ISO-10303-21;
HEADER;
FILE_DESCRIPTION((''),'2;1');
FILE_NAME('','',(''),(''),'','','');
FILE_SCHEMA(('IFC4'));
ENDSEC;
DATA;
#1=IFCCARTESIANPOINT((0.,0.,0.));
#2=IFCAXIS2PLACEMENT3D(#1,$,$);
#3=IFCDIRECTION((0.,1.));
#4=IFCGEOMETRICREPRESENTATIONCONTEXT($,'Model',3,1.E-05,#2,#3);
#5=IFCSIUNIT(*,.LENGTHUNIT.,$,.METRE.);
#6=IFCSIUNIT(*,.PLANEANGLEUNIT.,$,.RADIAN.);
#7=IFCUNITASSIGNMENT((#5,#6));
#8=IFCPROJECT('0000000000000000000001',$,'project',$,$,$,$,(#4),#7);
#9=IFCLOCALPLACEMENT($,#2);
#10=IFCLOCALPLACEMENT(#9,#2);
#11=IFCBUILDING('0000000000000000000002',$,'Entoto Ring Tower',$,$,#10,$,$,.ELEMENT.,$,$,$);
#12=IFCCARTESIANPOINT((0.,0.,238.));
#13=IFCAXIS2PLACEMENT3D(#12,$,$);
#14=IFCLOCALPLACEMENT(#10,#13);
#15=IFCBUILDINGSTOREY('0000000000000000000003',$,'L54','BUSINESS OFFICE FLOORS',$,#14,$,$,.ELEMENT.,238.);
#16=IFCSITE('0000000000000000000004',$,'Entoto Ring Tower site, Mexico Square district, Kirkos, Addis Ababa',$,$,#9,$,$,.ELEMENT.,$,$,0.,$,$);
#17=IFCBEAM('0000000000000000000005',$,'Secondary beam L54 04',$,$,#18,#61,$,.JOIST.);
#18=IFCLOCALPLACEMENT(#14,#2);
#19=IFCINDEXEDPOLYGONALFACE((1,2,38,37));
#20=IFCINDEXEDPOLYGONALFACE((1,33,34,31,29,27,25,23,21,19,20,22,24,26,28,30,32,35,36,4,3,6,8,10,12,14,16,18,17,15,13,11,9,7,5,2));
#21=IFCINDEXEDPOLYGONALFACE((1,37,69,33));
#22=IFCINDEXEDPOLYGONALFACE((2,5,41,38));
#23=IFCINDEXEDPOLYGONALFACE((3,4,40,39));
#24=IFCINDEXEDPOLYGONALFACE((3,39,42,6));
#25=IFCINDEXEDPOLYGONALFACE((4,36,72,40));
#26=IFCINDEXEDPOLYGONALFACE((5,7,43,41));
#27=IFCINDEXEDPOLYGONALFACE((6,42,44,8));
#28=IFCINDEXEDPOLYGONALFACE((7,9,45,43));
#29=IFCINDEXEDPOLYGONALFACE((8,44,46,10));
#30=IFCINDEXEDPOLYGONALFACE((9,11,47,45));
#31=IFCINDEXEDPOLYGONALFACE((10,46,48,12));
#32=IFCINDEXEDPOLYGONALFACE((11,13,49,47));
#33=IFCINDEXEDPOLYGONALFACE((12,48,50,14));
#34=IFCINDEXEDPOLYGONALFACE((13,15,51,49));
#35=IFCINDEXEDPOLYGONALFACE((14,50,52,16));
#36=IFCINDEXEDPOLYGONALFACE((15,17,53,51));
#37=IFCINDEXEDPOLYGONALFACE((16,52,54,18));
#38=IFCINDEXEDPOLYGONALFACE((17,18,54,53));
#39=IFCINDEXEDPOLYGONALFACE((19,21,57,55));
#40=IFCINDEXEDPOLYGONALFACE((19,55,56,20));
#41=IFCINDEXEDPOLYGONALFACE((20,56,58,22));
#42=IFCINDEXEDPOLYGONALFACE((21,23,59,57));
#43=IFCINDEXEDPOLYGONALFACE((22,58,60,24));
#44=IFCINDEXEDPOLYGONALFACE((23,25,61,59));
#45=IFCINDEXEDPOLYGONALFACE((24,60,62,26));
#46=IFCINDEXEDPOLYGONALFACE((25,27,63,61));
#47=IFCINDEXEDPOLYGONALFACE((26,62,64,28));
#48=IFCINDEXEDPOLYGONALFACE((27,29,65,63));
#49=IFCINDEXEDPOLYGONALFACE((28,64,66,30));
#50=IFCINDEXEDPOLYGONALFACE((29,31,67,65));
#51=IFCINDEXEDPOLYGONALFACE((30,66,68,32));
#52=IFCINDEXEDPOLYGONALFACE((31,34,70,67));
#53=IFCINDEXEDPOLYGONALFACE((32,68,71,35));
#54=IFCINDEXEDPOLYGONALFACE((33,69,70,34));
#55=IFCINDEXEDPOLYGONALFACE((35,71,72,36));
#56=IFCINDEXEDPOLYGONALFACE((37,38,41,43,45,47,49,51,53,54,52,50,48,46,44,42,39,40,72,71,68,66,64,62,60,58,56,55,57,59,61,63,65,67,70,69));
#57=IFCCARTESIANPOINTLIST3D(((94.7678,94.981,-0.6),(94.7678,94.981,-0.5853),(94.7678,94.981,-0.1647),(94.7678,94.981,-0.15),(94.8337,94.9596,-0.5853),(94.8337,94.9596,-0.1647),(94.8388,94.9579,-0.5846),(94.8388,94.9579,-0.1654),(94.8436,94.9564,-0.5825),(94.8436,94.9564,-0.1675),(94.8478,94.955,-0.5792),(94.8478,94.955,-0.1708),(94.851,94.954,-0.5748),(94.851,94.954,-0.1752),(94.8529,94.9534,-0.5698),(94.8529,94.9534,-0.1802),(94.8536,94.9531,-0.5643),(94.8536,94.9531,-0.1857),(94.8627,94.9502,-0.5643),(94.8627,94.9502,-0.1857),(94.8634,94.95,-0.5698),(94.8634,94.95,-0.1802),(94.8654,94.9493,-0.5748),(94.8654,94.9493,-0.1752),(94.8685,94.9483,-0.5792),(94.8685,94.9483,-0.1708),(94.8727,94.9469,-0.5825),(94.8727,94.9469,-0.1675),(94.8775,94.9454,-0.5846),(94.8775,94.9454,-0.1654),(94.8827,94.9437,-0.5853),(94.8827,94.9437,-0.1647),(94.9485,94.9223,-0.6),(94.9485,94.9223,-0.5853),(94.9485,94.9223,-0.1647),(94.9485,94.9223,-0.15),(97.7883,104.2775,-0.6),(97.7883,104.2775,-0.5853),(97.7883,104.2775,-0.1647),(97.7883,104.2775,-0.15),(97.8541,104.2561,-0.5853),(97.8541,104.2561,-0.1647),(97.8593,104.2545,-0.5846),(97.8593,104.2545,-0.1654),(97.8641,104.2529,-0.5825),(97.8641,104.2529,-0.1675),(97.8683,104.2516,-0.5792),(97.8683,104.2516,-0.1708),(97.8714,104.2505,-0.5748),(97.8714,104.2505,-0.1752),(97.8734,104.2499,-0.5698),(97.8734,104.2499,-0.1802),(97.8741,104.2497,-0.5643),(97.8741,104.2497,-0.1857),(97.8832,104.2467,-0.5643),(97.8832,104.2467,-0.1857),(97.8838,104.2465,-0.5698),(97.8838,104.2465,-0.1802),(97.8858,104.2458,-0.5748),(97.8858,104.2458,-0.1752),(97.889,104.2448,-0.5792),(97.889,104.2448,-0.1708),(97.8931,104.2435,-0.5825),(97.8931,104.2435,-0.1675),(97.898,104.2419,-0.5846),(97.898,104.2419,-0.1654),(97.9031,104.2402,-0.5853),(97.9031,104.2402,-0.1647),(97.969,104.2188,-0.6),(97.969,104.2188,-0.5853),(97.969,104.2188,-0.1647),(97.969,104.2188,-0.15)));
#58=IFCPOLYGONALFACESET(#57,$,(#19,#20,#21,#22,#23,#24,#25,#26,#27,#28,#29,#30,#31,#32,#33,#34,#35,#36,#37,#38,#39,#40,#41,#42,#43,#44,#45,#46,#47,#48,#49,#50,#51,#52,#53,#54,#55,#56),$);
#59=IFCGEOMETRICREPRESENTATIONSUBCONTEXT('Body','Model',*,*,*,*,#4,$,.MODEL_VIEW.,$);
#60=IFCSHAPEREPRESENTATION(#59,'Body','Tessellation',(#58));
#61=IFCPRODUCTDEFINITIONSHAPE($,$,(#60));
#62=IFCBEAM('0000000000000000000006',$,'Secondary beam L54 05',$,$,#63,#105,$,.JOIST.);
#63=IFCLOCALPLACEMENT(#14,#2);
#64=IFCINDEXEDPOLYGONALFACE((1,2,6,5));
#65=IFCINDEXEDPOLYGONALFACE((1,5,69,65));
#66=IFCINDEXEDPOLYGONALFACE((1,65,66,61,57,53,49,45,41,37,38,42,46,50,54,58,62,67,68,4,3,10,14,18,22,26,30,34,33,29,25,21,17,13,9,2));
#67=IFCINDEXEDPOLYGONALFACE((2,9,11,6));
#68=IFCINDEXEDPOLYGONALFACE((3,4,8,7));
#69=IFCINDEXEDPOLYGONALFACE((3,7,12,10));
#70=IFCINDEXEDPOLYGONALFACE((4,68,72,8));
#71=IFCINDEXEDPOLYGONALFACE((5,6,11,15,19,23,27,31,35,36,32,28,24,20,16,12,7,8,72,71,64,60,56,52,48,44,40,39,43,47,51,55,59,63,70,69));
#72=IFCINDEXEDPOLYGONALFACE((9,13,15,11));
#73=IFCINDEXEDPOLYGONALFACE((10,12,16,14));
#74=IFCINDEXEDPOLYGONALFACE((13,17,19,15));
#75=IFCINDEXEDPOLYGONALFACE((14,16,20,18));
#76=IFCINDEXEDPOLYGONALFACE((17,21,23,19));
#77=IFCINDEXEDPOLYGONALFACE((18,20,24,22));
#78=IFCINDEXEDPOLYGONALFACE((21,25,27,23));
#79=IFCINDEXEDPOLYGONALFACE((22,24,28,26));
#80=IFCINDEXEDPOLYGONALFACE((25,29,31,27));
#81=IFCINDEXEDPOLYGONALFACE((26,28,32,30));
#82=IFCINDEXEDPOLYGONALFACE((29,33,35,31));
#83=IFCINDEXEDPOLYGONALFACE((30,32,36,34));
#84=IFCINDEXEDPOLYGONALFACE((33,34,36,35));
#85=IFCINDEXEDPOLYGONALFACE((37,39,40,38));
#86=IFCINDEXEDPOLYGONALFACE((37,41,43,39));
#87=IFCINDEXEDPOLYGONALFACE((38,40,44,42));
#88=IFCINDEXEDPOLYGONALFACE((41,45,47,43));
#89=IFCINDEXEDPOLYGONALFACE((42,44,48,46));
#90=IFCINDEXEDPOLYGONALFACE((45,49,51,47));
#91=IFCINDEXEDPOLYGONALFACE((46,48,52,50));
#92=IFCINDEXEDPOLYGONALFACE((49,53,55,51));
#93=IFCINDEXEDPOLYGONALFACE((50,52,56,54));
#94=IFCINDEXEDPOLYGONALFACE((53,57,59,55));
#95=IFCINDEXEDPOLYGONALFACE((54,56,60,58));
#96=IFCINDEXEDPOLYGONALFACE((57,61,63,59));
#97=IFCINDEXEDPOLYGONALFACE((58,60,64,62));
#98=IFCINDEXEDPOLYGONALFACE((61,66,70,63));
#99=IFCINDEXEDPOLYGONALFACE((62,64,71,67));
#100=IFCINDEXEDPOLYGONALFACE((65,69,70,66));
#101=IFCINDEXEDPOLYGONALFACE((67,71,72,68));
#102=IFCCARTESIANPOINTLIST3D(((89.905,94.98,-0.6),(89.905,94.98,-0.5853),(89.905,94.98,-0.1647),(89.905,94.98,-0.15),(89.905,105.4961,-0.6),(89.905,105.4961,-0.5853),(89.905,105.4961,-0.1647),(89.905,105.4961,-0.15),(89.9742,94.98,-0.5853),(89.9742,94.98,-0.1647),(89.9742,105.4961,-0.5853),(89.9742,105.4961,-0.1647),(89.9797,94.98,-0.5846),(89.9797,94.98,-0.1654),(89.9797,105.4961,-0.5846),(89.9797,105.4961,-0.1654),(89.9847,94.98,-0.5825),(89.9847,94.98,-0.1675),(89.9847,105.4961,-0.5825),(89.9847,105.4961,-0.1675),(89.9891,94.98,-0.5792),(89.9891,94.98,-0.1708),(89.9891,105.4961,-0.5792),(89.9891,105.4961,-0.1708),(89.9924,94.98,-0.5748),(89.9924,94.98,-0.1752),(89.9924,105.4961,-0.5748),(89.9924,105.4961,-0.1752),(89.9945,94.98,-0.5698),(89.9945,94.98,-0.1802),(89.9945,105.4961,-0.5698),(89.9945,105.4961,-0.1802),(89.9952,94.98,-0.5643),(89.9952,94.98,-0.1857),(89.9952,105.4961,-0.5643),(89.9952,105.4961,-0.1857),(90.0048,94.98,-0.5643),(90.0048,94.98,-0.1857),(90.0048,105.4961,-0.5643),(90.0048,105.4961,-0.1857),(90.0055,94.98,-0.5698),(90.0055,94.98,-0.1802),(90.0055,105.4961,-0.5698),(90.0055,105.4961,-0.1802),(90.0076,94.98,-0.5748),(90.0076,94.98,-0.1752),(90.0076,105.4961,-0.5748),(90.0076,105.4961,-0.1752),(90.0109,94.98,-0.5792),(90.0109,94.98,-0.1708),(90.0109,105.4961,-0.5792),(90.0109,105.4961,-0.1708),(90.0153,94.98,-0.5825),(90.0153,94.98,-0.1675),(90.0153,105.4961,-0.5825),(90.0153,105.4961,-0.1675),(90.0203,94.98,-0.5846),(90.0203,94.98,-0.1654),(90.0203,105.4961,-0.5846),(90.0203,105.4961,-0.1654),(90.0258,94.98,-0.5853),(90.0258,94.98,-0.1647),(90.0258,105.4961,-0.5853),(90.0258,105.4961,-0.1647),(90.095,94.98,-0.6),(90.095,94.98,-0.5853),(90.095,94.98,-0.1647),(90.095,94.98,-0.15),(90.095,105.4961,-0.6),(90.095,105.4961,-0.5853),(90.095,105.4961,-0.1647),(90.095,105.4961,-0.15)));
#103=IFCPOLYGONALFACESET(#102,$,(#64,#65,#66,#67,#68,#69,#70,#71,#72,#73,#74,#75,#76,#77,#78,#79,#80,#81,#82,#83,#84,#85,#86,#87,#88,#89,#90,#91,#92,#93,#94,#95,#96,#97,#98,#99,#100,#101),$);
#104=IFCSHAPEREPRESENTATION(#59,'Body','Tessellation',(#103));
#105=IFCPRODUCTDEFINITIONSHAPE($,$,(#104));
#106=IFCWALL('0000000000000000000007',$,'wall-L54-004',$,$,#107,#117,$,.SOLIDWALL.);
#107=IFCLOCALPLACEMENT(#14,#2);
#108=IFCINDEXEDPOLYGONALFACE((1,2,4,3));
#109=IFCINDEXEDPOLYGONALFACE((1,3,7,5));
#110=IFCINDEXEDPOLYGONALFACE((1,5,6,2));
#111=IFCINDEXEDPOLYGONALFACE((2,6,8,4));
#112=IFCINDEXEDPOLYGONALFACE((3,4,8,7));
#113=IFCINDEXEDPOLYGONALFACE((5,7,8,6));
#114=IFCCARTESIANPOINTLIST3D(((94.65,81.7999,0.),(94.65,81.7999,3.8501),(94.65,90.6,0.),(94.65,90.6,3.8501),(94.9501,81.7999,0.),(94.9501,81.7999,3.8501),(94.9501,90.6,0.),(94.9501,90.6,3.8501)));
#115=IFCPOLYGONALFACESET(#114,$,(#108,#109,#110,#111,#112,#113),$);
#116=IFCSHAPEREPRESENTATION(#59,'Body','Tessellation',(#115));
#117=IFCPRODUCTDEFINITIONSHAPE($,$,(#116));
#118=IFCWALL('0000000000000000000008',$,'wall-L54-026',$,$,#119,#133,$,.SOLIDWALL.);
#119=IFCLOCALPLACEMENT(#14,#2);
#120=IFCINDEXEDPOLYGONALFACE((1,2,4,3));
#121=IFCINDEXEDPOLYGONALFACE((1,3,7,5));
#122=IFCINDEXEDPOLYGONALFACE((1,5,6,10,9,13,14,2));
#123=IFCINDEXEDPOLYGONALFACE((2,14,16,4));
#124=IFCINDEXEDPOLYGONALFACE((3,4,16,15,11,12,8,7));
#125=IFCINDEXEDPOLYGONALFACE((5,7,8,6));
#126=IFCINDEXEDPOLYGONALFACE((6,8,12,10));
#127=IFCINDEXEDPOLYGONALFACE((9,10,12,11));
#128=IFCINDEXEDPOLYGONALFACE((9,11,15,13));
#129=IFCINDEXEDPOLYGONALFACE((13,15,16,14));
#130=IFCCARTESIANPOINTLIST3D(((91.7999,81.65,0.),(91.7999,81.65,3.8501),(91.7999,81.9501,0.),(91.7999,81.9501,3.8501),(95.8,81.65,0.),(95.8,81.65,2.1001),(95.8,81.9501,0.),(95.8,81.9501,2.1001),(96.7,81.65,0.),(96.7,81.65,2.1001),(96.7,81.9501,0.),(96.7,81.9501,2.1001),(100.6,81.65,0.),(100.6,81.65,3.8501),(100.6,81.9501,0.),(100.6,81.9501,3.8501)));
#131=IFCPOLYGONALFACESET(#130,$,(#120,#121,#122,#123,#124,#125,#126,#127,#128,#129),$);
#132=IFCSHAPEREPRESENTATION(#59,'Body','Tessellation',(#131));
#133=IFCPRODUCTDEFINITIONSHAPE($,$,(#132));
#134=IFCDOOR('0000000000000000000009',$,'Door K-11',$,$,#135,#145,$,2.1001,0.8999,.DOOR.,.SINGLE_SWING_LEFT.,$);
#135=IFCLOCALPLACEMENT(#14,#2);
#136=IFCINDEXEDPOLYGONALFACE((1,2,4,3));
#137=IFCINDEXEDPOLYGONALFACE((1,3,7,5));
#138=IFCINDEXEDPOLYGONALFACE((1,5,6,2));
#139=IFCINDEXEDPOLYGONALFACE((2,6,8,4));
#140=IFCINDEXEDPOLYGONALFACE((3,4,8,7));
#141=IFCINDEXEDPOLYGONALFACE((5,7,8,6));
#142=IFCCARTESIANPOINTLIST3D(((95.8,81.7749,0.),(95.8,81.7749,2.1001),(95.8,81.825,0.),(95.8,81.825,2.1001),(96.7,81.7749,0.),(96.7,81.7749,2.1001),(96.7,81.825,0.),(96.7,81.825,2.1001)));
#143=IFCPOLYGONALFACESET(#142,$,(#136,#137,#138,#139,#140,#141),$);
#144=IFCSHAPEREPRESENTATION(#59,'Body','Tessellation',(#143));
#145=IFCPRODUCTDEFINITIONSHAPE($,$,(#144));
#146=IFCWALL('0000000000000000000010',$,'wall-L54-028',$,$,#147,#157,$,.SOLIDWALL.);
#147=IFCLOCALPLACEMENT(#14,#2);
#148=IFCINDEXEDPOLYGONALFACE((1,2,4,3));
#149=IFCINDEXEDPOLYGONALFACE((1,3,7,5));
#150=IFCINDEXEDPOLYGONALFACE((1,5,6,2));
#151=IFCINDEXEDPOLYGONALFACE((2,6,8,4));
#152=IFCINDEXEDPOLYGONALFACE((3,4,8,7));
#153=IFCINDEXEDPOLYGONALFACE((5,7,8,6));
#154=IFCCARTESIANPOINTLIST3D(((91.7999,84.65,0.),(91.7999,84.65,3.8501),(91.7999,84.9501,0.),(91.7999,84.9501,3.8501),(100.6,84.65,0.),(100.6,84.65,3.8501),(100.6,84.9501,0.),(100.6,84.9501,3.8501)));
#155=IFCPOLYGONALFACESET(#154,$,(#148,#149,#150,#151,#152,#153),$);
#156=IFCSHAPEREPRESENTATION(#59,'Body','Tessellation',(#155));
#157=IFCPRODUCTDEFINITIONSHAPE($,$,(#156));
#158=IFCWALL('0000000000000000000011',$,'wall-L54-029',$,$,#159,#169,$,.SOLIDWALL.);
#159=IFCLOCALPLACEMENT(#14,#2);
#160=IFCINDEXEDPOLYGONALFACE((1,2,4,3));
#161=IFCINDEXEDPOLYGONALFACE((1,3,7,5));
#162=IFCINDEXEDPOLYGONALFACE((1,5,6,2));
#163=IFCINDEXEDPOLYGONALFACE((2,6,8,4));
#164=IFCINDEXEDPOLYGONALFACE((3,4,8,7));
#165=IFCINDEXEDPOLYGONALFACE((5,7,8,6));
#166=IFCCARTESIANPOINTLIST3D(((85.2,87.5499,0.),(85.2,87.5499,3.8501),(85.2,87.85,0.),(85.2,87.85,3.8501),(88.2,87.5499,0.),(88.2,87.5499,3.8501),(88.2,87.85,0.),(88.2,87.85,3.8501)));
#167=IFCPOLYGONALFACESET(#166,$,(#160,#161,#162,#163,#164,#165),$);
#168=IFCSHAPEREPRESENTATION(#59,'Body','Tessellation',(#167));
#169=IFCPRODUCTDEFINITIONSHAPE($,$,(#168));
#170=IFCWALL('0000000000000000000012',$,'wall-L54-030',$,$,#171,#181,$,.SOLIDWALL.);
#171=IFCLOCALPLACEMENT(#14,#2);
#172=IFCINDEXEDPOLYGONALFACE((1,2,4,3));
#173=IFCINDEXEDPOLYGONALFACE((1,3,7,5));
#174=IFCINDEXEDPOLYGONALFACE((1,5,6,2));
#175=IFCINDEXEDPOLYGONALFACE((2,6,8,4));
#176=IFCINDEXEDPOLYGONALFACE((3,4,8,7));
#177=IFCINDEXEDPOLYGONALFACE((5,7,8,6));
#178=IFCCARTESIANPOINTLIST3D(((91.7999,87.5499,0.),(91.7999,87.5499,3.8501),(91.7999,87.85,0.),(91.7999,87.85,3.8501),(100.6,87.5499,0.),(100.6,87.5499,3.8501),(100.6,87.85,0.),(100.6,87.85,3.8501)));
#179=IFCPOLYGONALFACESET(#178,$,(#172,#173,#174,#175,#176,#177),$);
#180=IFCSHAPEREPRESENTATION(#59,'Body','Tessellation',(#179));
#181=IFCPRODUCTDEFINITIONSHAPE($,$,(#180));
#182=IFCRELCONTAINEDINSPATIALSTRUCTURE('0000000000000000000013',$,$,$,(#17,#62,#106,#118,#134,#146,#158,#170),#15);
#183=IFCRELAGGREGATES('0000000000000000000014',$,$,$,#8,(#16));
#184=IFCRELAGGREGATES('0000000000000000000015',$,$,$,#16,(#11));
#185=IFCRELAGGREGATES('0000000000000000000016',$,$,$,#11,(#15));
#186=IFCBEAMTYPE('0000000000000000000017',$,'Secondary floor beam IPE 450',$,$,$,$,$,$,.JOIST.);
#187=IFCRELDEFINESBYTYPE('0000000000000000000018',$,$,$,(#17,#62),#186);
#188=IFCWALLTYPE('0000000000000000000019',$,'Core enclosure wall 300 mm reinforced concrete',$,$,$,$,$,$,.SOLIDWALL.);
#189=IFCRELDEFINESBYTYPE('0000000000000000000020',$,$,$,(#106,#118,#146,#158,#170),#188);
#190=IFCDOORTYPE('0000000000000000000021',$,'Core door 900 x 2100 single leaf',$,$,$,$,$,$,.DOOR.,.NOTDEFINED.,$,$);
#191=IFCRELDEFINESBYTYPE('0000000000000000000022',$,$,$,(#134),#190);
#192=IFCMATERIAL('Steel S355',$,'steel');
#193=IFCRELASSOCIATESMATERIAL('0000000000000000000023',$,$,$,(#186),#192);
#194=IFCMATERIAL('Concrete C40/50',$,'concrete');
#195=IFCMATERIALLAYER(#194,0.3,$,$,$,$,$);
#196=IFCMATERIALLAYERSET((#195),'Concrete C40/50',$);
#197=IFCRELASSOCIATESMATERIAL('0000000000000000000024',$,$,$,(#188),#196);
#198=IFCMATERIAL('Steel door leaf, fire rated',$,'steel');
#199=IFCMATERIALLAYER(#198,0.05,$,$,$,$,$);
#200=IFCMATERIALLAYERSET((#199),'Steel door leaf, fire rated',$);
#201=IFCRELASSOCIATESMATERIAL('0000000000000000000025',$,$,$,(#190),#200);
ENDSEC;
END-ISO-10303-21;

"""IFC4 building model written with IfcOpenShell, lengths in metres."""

from ifc_helpers import new_model, si_unit, direction, frame, frame_2d, origin, origin_2d, place, context, subcontext, project, spatial, rectangle, i_section, extrude, material, layer, layer_set, material_profile, profile_set, type_object, element, fill, save


model = new_model("IFC4")

# Units and contexts
model_context = context("Model", 3, precision=1e-05, world=origin(), true_north=direction((0.0, 1.0)))
body_context = subcontext(model_context, "Body", "Model", "MODEL_VIEW")
ifc_project = project(units=[si_unit("LENGTHUNIT", "METRE"), si_unit("PLANEANGLEUNIT", "RADIAN")], contexts=[model_context])

# Site, building, storey
site_placement = place(None, origin())
site = spatial("IfcSite", under=ifc_project, at=site_placement, Name="Entoto Ring Tower site, Mexico Square district, Kirkos, Addis Ababa", CompositionType="ELEMENT", RefElevation=0.0)
building_placement = place(site_placement, origin())
building = spatial("IfcBuilding", under=site, at=building_placement, Name="Entoto Ring Tower", CompositionType="ELEMENT")
storey_placement = place(building_placement, frame((0.0, 0.0, 238.0)))
storey = spatial("IfcBuildingStorey", under=building, at=storey_placement, Name="L54", Description="BUSINESS OFFICE FLOORS", CompositionType="ELEMENT", Elevation=238.0)

# Beams
ifc_material_1 = material(Name="Steel S355", Category="steel")
ifc_material_profile_1 = material_profile(ifc_material_1, i_section(OverallWidth=0.1899, OverallDepth=0.45, WebThickness=0.0095, FlangeThickness=0.0146, FilletRadius=0.021, at=origin_2d()), Name="IPE 450")
ifc_profile_set_1 = profile_set([ifc_material_profile_1], Name="Steel S355")
beam_type_1 = type_object("IfcBeamType", Name="Secondary floor beam IPE 450", PredefinedType="JOIST", material=ifc_profile_set_1)
beam_1_placement = place(storey_placement, frame((94.8582, 94.9517, -0.375), z_axis=(0.309003, 0.951061, 0.0), x_axis=(-0.951061, 0.309003, 0.0)))
element("IfcBeam", 1, at=beam_1_placement, inside=storey, type_object=beam_type_1, Name="Secondary beam L54 04", PredefinedType="JOIST", context=body_context, shape_type="SweptSolid", body=[
    extrude(i_section(OverallWidth=0.1899, OverallDepth=0.45, WebThickness=0.0095, FlangeThickness=0.0146, FilletRadius=0.021, at=origin_2d()), origin(), (0.0, 0.0, 1.0), 9.7749),
])
beam_2_placement = place(storey_placement, frame((90.0, 94.98, -0.375), z_axis=(0.0, 1.0, 0.0), x_axis=(-1.0, 0.0, 0.0)))
element("IfcBeam", 2, at=beam_2_placement, inside=storey, type_object=beam_type_1, Name="Secondary beam L54 05", PredefinedType="JOIST", context=body_context, shape_type="SweptSolid", body=[
    extrude(i_section(OverallWidth=0.1899, OverallDepth=0.45, WebThickness=0.0095, FlangeThickness=0.0146, FilletRadius=0.021, at=origin_2d()), origin(), (0.0, 0.0, 1.0), 10.5161),
])

# Wall
ifc_material_2 = material(Name="Concrete C40/50", Category="concrete")
ifc_layer_1 = layer(ifc_material_2, 0.3)
ifc_layer_set_1 = layer_set([ifc_layer_1], Name="Concrete C40/50")
wall_type_1 = type_object("IfcWallType", Name="Core enclosure wall 300 mm reinforced concrete", PredefinedType="SOLIDWALL", material=ifc_layer_set_1)
wall_1_placement = place(storey_placement, frame((94.8, 81.8, 0.0), z_axis=(0.0, 0.0, 1.0), x_axis=(0.0, 1.0, 0.0)))
element("IfcWall", 3, at=wall_1_placement, inside=storey, type_object=wall_type_1, Name="wall-L54-004", PredefinedType="SOLIDWALL", context=body_context, shape_type="SweptSolid", body=[
    extrude(rectangle(XDim=8.8, YDim=0.3, at=frame_2d((4.3999, 0.0))), origin(), (0.0, 0.0, 1.0), 3.8501),
])

# Wall, opening, door
wall_2_placement = place(storey_placement, frame((91.8, 81.8, 0.0), z_axis=(0.0, 0.0, 1.0), x_axis=(1.0, 0.0, 0.0)))
wall_2 = element("IfcWall", 4, at=wall_2_placement, inside=storey, type_object=wall_type_1, Name="wall-L54-026", PredefinedType="SOLIDWALL", context=body_context, shape_type="SweptSolid", body=[
    extrude(rectangle(XDim=8.8, YDim=0.3, at=frame_2d((4.3999, 0.0))), origin(), (0.0, 0.0, 1.0), 3.8501),
])
opening_1_placement = place(wall_2_placement, frame((4.0, 0.0, 0.0)))
opening_1 = element("IfcOpeningElement", 5, at=opening_1_placement, cuts=wall_2, PredefinedType="OPENING", context=body_context, shape_type="SweptSolid", body=[
    extrude(rectangle(XDim=0.8999, YDim=2.1001, at=frame_2d((0.45, 1.05))), frame((0.0, 0.1602, 0.0), z_axis=(0.0, -1.0, 0.0), x_axis=(1.0, 0.0, 0.0)), (0.0, 0.0, 1.0), 0.3201),
])
ifc_material_3 = material(Name="Steel door leaf, fire rated", Category="steel")
ifc_layer_2 = layer(ifc_material_3, 0.05)
ifc_layer_set_2 = layer_set([ifc_layer_2], Name="Steel door leaf, fire rated")
door_type_1 = type_object("IfcDoorType", Name="Core door 900 x 2100 single leaf", OperationType="NOTDEFINED", PredefinedType="DOOR", material=ifc_layer_set_2)
door_1_placement = place(opening_1_placement, origin())
door_1 = element("IfcDoor", 6, at=door_1_placement, inside=storey, type_object=door_type_1, Name="Door K-11", OperationType="SINGLE_SWING_LEFT", OverallHeight=2.1001, OverallWidth=0.8999, PredefinedType="DOOR", context=body_context, shape_type="SweptSolid", body=[
    extrude(rectangle(XDim=0.8999, YDim=2.1001, at=frame_2d((0.45, 1.05))), frame((0.0, 0.0249, 0.0), z_axis=(0.0, -1.0, 0.0), x_axis=(1.0, 0.0, 0.0)), (0.0, 0.0, 1.0), 0.05),
])
fill(opening_1, door_1)

# Walls
wall_3_placement = place(storey_placement, frame((91.8, 84.8, 0.0), z_axis=(0.0, 0.0, 1.0), x_axis=(1.0, 0.0, 0.0)))
element("IfcWall", 7, at=wall_3_placement, inside=storey, type_object=wall_type_1, Name="wall-L54-028", PredefinedType="SOLIDWALL", context=body_context, shape_type="SweptSolid", body=[
    extrude(rectangle(XDim=8.8, YDim=0.3, at=frame_2d((4.3999, 0.0))), origin(), (0.0, 0.0, 1.0), 3.8501),
])
wall_4_placement = place(storey_placement, frame((85.2, 87.7, 0.0), z_axis=(0.0, 0.0, 1.0), x_axis=(1.0, 0.0, 0.0)))
element("IfcWall", 8, at=wall_4_placement, inside=storey, type_object=wall_type_1, Name="wall-L54-029", PredefinedType="SOLIDWALL", context=body_context, shape_type="SweptSolid", body=[
    extrude(rectangle(XDim=3.0, YDim=0.3, at=frame_2d((1.5, 0.0))), origin(), (0.0, 0.0, 1.0), 3.8501),
])
wall_5_placement = place(storey_placement, frame((91.8, 87.7, 0.0), z_axis=(0.0, 0.0, 1.0), x_axis=(1.0, 0.0, 0.0)))
element("IfcWall", 9, at=wall_5_placement, inside=storey, type_object=wall_type_1, Name="wall-L54-030", PredefinedType="SOLIDWALL", context=body_context, shape_type="SweptSolid", body=[
    extrude(rectangle(XDim=8.8, YDim=0.3, at=frame_2d((4.3999, 0.0))), origin(), (0.0, 0.0, 1.0), 3.8501),
])

save(model, "model.ifc")
